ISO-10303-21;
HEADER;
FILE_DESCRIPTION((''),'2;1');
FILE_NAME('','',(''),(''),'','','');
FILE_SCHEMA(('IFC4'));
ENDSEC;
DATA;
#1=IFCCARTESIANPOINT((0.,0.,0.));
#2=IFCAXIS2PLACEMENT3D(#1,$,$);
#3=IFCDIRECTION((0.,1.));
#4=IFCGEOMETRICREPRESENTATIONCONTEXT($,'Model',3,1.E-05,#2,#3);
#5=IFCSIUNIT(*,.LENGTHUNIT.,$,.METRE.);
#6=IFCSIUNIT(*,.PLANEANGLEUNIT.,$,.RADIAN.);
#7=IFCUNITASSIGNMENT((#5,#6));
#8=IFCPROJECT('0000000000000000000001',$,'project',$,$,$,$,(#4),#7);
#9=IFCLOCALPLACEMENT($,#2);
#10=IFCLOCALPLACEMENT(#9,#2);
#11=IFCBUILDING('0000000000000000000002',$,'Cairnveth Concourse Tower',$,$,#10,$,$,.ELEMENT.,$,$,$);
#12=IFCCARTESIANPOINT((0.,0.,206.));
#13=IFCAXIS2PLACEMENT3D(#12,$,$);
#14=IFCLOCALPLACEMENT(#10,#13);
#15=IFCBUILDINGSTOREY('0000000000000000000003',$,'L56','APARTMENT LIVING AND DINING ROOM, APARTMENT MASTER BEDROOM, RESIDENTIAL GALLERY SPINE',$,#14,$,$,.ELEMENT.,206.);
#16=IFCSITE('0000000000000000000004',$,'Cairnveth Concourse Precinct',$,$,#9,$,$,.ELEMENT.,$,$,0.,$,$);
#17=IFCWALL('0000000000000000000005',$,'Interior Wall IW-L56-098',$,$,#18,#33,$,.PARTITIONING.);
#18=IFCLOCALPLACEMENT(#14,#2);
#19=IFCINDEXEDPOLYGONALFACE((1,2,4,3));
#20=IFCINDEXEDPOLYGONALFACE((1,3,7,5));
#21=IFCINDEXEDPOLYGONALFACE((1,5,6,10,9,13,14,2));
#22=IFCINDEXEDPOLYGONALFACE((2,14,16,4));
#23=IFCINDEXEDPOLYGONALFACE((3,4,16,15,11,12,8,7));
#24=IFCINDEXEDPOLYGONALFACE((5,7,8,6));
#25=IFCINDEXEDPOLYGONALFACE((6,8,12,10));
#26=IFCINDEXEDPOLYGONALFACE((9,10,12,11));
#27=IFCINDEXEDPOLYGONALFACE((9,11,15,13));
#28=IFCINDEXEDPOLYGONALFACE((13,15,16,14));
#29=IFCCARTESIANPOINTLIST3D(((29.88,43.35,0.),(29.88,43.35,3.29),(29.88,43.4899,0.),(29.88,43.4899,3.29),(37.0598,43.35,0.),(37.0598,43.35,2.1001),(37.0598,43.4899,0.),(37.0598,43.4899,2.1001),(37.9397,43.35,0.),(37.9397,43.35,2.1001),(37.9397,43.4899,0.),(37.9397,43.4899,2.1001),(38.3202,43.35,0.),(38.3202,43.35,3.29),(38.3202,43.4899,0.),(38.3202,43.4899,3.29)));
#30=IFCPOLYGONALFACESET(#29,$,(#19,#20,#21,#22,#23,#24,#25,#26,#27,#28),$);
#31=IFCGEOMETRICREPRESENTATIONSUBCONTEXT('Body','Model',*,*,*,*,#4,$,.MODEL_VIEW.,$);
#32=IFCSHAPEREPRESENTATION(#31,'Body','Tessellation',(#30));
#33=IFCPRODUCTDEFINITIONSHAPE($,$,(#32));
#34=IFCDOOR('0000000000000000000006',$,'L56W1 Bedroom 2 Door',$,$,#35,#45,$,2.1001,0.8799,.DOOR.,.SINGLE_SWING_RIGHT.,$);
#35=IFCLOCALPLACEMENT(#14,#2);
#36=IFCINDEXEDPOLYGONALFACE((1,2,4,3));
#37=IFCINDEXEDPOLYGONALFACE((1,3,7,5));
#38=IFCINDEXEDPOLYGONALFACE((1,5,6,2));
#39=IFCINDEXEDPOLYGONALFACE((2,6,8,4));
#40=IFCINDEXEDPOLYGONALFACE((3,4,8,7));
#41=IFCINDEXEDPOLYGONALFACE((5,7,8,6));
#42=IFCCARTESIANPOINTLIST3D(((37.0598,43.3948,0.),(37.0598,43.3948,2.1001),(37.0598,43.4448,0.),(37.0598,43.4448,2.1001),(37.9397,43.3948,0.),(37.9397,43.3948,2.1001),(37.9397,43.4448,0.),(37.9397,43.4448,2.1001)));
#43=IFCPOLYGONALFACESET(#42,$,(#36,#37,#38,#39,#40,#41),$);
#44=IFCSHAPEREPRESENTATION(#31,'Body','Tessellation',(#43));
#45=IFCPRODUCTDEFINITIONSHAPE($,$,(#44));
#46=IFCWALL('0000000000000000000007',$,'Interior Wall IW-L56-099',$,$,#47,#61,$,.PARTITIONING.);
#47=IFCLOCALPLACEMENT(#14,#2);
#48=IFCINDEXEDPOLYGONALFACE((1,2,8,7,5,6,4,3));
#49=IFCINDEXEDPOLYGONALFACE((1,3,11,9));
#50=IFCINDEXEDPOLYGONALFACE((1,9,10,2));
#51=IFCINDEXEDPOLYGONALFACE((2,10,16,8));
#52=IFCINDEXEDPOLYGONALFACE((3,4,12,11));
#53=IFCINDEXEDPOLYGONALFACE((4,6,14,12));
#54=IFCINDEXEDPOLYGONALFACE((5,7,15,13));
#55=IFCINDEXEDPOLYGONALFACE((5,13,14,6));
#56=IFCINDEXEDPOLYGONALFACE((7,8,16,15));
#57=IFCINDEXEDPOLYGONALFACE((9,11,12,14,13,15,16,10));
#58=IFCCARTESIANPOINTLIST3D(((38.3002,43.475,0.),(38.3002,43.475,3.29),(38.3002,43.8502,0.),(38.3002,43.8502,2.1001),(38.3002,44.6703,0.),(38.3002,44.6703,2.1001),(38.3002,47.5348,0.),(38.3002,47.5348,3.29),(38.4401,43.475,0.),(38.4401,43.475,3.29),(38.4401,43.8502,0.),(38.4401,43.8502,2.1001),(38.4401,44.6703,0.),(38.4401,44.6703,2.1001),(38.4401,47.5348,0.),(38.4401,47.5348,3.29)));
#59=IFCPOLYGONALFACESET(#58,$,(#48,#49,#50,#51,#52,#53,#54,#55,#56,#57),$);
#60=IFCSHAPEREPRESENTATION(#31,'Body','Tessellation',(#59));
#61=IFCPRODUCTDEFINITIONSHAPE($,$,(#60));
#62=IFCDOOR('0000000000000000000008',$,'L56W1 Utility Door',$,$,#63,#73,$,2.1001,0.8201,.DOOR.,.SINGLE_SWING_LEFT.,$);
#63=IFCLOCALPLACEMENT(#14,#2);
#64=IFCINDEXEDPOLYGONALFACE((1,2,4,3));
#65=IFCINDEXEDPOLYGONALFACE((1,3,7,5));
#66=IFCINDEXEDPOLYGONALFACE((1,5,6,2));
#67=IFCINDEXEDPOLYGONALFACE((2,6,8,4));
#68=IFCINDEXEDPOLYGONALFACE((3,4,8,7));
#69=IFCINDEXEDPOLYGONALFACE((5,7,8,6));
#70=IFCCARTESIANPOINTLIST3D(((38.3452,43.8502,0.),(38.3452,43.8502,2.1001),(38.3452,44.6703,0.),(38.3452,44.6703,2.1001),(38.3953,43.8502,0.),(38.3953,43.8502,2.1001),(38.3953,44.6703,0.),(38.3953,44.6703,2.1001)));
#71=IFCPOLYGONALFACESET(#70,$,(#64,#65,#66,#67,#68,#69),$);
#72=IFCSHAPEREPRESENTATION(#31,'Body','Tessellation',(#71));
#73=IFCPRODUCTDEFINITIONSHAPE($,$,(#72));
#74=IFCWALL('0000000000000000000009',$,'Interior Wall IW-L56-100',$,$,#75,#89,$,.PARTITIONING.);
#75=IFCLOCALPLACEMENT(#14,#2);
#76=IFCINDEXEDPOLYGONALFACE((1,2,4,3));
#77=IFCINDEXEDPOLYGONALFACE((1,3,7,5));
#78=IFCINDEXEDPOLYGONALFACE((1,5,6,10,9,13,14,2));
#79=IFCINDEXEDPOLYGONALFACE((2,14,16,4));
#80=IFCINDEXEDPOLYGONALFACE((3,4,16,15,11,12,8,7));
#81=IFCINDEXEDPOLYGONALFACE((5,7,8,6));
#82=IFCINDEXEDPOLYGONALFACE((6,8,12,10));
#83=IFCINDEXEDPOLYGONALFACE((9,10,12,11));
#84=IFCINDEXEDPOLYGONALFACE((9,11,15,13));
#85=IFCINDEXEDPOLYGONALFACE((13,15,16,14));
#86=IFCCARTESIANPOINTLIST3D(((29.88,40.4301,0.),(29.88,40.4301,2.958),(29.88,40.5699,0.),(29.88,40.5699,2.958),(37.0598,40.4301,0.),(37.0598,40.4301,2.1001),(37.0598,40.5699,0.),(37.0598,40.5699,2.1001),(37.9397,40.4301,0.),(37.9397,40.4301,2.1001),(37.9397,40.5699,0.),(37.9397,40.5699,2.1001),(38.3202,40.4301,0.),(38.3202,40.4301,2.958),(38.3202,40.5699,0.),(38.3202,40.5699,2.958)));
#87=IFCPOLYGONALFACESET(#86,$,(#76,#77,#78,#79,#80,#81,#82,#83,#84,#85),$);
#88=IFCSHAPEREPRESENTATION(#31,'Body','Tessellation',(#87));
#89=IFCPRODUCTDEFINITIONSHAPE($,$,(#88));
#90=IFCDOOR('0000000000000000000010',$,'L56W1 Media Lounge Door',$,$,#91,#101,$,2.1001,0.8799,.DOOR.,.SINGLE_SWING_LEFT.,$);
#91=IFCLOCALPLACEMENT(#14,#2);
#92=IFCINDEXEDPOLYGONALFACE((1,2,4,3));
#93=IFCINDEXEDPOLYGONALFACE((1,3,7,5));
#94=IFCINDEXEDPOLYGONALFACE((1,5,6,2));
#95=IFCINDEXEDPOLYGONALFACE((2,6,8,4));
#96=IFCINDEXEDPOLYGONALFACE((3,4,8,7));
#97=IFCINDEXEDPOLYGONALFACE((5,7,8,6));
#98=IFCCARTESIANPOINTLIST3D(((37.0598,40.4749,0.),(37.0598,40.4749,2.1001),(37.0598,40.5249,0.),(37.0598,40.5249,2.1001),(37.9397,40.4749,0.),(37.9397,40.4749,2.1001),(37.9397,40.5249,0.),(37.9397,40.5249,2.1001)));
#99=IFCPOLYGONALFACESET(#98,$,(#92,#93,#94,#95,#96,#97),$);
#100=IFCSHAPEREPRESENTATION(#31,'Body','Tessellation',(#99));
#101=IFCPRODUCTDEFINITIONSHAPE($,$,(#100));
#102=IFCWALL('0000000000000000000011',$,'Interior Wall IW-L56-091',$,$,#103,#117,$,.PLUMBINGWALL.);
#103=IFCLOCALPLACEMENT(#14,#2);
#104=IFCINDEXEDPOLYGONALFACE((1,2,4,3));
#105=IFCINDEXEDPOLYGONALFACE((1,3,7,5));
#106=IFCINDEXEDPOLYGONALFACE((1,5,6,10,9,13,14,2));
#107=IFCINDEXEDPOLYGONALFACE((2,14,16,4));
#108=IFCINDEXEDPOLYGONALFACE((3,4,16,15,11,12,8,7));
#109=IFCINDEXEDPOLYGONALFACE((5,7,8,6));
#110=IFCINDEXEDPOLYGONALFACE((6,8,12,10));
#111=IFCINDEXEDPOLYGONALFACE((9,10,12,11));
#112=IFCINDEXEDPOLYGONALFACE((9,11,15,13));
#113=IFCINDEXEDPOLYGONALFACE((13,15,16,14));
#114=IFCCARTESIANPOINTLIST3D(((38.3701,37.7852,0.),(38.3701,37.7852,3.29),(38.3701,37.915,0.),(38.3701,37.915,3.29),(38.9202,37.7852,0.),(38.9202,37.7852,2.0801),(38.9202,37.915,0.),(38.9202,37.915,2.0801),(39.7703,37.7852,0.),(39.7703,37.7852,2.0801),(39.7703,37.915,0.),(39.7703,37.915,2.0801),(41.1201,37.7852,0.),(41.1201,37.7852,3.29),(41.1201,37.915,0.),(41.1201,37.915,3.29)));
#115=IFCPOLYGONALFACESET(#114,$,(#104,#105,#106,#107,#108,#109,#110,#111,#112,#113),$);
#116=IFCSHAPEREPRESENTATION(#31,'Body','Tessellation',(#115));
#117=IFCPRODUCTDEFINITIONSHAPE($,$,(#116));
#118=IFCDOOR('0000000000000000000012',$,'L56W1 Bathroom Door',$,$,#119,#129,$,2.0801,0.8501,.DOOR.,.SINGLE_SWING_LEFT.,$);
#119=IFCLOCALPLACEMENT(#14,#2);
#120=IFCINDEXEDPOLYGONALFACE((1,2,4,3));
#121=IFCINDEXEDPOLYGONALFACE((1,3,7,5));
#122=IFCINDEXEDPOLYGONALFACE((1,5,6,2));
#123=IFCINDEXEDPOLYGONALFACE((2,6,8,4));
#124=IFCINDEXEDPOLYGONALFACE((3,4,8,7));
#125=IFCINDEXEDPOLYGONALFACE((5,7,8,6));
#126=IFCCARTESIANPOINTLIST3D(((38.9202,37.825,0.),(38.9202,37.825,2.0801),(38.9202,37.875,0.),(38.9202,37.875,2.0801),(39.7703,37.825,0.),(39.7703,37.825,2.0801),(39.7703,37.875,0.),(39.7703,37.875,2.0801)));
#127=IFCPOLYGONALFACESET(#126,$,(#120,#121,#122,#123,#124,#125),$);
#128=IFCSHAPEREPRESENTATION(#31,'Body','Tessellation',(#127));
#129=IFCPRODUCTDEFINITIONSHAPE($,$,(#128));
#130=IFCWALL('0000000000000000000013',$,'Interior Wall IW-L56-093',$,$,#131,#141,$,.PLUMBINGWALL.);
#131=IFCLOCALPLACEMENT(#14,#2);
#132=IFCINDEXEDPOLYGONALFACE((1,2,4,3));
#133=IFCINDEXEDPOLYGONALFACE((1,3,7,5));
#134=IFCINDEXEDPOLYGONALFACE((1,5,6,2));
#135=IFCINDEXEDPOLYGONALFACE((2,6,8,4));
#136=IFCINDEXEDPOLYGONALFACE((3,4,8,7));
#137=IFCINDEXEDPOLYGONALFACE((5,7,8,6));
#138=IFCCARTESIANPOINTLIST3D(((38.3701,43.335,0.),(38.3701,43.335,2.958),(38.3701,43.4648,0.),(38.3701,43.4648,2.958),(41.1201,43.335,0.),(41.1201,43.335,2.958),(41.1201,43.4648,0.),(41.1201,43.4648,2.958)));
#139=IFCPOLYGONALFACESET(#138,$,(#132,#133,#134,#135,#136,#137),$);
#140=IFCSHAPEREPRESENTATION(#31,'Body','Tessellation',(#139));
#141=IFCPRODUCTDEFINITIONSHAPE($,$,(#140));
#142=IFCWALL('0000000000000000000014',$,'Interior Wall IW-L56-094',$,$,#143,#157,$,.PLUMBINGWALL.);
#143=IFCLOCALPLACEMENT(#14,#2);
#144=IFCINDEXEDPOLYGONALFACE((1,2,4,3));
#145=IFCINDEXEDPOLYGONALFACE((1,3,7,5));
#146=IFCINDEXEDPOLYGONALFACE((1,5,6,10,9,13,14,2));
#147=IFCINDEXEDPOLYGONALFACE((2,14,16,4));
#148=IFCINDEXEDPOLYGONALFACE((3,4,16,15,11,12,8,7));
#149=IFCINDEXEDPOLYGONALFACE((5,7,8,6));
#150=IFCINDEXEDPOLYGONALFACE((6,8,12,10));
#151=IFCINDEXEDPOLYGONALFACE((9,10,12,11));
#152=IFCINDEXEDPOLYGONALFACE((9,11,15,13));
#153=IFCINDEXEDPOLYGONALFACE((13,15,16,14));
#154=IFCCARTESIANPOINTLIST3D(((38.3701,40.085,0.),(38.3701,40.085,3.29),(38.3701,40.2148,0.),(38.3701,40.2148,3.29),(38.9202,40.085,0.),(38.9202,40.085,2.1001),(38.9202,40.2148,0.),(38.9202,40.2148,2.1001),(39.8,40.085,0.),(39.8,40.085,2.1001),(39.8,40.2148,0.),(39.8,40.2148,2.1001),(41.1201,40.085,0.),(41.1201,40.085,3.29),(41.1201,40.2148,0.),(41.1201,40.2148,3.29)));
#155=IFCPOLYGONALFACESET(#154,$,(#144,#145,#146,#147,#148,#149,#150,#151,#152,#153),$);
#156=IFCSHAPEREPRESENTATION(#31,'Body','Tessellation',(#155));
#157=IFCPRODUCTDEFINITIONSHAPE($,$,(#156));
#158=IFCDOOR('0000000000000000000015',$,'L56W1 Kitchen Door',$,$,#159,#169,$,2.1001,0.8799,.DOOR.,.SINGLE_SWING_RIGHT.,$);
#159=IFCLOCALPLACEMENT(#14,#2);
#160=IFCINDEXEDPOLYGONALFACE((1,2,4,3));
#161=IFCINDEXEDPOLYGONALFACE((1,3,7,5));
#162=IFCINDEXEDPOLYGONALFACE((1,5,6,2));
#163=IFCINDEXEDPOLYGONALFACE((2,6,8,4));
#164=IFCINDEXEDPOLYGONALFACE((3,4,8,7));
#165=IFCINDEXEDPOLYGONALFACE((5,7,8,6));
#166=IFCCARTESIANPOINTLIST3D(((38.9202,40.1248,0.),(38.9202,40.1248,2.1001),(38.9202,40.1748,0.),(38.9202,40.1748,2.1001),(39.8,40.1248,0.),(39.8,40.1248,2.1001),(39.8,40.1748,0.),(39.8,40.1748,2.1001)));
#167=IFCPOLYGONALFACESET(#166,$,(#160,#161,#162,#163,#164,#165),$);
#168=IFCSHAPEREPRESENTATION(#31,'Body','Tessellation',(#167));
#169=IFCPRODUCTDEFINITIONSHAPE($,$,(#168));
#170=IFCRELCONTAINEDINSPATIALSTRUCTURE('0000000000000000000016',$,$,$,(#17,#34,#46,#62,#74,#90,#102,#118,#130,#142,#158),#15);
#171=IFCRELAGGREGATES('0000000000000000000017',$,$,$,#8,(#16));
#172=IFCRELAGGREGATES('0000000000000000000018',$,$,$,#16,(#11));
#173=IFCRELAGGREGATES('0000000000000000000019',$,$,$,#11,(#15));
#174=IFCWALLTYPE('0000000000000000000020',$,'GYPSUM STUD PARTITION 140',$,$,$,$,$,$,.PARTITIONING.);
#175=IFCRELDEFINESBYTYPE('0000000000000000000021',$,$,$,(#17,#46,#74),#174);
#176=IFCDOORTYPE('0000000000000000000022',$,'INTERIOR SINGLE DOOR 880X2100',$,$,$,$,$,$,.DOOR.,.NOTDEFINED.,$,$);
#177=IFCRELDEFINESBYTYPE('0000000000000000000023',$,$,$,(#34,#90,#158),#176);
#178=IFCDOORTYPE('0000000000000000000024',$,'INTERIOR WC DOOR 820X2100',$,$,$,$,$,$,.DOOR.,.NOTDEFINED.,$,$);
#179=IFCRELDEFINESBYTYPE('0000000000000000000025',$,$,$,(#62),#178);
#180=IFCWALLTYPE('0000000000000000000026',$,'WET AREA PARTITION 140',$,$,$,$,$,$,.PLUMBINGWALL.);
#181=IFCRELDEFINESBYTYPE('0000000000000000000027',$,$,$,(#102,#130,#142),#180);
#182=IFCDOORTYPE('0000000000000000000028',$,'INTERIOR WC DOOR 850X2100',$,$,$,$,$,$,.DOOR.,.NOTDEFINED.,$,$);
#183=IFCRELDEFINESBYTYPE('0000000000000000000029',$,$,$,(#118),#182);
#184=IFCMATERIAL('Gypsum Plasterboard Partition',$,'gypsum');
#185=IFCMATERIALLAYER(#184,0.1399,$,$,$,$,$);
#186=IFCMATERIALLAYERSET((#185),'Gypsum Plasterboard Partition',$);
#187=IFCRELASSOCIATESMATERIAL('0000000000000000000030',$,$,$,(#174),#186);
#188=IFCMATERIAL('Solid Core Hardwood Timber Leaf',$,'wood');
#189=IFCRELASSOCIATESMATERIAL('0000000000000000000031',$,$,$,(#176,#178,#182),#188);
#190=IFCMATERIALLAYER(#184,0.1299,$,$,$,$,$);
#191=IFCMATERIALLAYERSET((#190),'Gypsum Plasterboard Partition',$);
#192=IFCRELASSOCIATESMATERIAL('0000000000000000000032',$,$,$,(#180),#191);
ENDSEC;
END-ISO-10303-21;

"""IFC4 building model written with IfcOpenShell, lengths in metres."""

from ifc_helpers import new_model, si_unit, direction, frame, frame_2d, origin, place, context, subcontext, project, spatial, rectangle, extrude, material, layer, layer_set, type_object, element, fill, save


model = new_model("IFC4")

# Units and contexts
model_context = context("Model", 3, precision=1e-05, world=origin(), true_north=direction((0.0, 1.0)))
body_context = subcontext(model_context, "Body", "Model", "MODEL_VIEW")
ifc_project = project(units=[si_unit("LENGTHUNIT", "METRE"), si_unit("PLANEANGLEUNIT", "RADIAN")], contexts=[model_context])

# Site, building, storey
site_placement = place(None, origin())
site = spatial("IfcSite", under=ifc_project, at=site_placement, Name="Cairnveth Concourse Precinct", CompositionType="ELEMENT", RefElevation=0.0)
building_placement = place(site_placement, origin())
building = spatial("IfcBuilding", under=site, at=building_placement, Name="Cairnveth Concourse Tower", CompositionType="ELEMENT")
storey_placement = place(building_placement, frame((0.0, 0.0, 206.0)))
storey = spatial("IfcBuildingStorey", under=building, at=storey_placement, Name="L56", Description="APARTMENT LIVING AND DINING ROOM, APARTMENT MASTER BEDROOM, RESIDENTIAL GALLERY SPINE", CompositionType="ELEMENT", Elevation=206.0)

# Walls, openings, doors
ifc_material_1 = material(Name="Gypsum Plasterboard Partition", Category="gypsum")
ifc_layer_1 = layer(ifc_material_1, 0.1399)
ifc_layer_set_1 = layer_set([ifc_layer_1], Name="Gypsum Plasterboard Partition")
wall_type_1 = type_object("IfcWallType", Name="GYPSUM STUD PARTITION 140", PredefinedType="PARTITIONING", material=ifc_layer_set_1)
wall_1_placement = place(storey_placement, frame((29.8799, 43.4199, 0.0), z_axis=(0.0, 0.0, 1.0), x_axis=(1.0, 0.0, 0.0)))
wall_1 = element("IfcWall", 1, at=wall_1_placement, inside=storey, type_object=wall_type_1, Name="Interior Wall IW-L56-098", PredefinedType="PARTITIONING", context=body_context, shape_type="SweptSolid", body=[
    extrude(rectangle(XDim=8.4402, YDim=0.1399, at=frame_2d((4.2202, 0.0))), origin(), (0.0, 0.0, 1.0), 3.29),
])
opening_1_placement = place(wall_1_placement, frame((7.1799, 0.0, 0.0)))
opening_1 = element("IfcOpeningElement", 2, at=opening_1_placement, cuts=wall_1, PredefinedType="OPENING", context=body_context, shape_type="SweptSolid", body=[
    extrude(rectangle(XDim=0.8799, YDim=2.1001, at=frame_2d((0.4399, 1.05))), frame((0.0, 0.0798, 0.0), z_axis=(0.0, -1.0, 0.0), x_axis=(1.0, 0.0, 0.0)), (0.0, 0.0, 1.0), 0.1599),
])
ifc_material_2 = material(Name="Solid Core Hardwood Timber Leaf", Category="wood")
door_type_1 = type_object("IfcDoorType", Name="INTERIOR SINGLE DOOR 880X2100", OperationType="NOTDEFINED", PredefinedType="DOOR", material=ifc_material_2)
door_1_placement = place(opening_1_placement, origin())
door_1 = element("IfcDoor", 3, at=door_1_placement, inside=storey, type_object=door_type_1, Name="L56W1 Bedroom 2 Door", OperationType="SINGLE_SWING_RIGHT", OverallHeight=2.1001, OverallWidth=0.8799, PredefinedType="DOOR", context=body_context, shape_type="SweptSolid", body=[
    extrude(rectangle(XDim=0.8799, YDim=2.1001, at=frame_2d((0.4399, 1.05))), frame((0.0, 0.0249, 0.0), z_axis=(0.0, -1.0, 0.0), x_axis=(1.0, 0.0, 0.0)), (0.0, 0.0, 1.0), 0.05),
])
fill(opening_1, door_1)
wall_2_placement = place(storey_placement, frame((38.3701, 43.4751, 0.0), z_axis=(0.0, 0.0, 1.0), x_axis=(0.0, 1.0, 0.0)))
wall_2 = element("IfcWall", 4, at=wall_2_placement, inside=storey, type_object=wall_type_1, Name="Interior Wall IW-L56-099", PredefinedType="PARTITIONING", context=body_context, shape_type="SweptSolid", body=[
    extrude(rectangle(XDim=4.0598, YDim=0.1399, at=frame_2d((2.0298, 0.0))), origin(), (0.0, 0.0, 1.0), 3.29),
])
opening_2_placement = place(wall_2_placement, frame((0.375, 0.0, 0.0)))
opening_2 = element("IfcOpeningElement", 5, at=opening_2_placement, cuts=wall_2, PredefinedType="OPENING", context=body_context, shape_type="SweptSolid", body=[
    extrude(rectangle(XDim=0.8201, YDim=2.1001, at=frame_2d((0.4102, 1.05))), frame((0.0, 0.0798, 0.0), z_axis=(0.0, -1.0, 0.0), x_axis=(1.0, 0.0, 0.0)), (0.0, 0.0, 1.0), 0.1599),
])
door_type_2 = type_object("IfcDoorType", Name="INTERIOR WC DOOR 820X2100", OperationType="NOTDEFINED", PredefinedType="DOOR", material=ifc_material_2)
door_2_placement = place(opening_2_placement, origin())
door_2 = element("IfcDoor", 6, at=door_2_placement, inside=storey, type_object=door_type_2, Name="L56W1 Utility Door", OperationType="SINGLE_SWING_LEFT", OverallHeight=2.1001, OverallWidth=0.8201, PredefinedType="DOOR", context=body_context, shape_type="SweptSolid", body=[
    extrude(rectangle(XDim=0.8201, YDim=2.1001, at=frame_2d((0.4102, 1.05))), frame((0.0, 0.0249, 0.0), z_axis=(0.0, -1.0, 0.0), x_axis=(1.0, 0.0, 0.0)), (0.0, 0.0, 1.0), 0.05),
])
fill(opening_2, door_2)
wall_3_placement = place(storey_placement, frame((29.8799, 40.5, 0.0), z_axis=(0.0, 0.0, 1.0), x_axis=(1.0, 0.0, 0.0)))
wall_3 = element("IfcWall", 7, at=wall_3_placement, inside=storey, type_object=wall_type_1, Name="Interior Wall IW-L56-100", PredefinedType="PARTITIONING", context=body_context, shape_type="SweptSolid", body=[
    extrude(rectangle(XDim=8.4402, YDim=0.1399, at=frame_2d((4.2202, 0.0))), origin(), (0.0, 0.0, 1.0), 2.958),
])
opening_3_placement = place(wall_3_placement, frame((7.1799, 0.0, 0.0)))
opening_3 = element("IfcOpeningElement", 8, at=opening_3_placement, cuts=wall_3, PredefinedType="OPENING", context=body_context, shape_type="SweptSolid", body=[
    extrude(rectangle(XDim=0.8799, YDim=2.1001, at=frame_2d((0.4399, 1.05))), frame((0.0, 0.0798, 0.0), z_axis=(0.0, -1.0, 0.0), x_axis=(1.0, 0.0, 0.0)), (0.0, 0.0, 1.0), 0.1599),
])
door_3_placement = place(opening_3_placement, origin())
door_3 = element("IfcDoor", 9, at=door_3_placement, inside=storey, type_object=door_type_1, Name="L56W1 Media Lounge Door", OperationType="SINGLE_SWING_LEFT", OverallHeight=2.1001, OverallWidth=0.8799, PredefinedType="DOOR", context=body_context, shape_type="SweptSolid", body=[
    extrude(rectangle(XDim=0.8799, YDim=2.1001, at=frame_2d((0.4399, 1.05))), frame((0.0, 0.0249, 0.0), z_axis=(0.0, -1.0, 0.0), x_axis=(1.0, 0.0, 0.0)), (0.0, 0.0, 1.0), 0.05),
])
fill(opening_3, door_3)
ifc_layer_2 = layer(ifc_material_1, 0.1299)
ifc_layer_set_2 = layer_set([ifc_layer_2], Name="Gypsum Plasterboard Partition")
wall_type_2 = type_object("IfcWallType", Name="WET AREA PARTITION 140", PredefinedType="PLUMBINGWALL", material=ifc_layer_set_2)
wall_4_placement = place(storey_placement, frame((38.3701, 37.8501, 0.0), z_axis=(0.0, 0.0, 1.0), x_axis=(1.0, 0.0, 0.0)))
wall_4 = element("IfcWall", 10, at=wall_4_placement, inside=storey, type_object=wall_type_2, Name="Interior Wall IW-L56-091", PredefinedType="PLUMBINGWALL", context=body_context, shape_type="SweptSolid", body=[
    extrude(rectangle(XDim=2.75, YDim=0.1299, at=frame_2d((1.375, 0.0))), origin(), (0.0, 0.0, 1.0), 3.29),
])
opening_4_placement = place(wall_4_placement, frame((0.55, 0.0, 0.0)))
opening_4 = element("IfcOpeningElement", 11, at=opening_4_placement, cuts=wall_4, PredefinedType="OPENING", context=body_context, shape_type="SweptSolid", body=[
    extrude(rectangle(XDim=0.8501, YDim=2.0801, at=frame_2d((0.425, 1.04))), frame((0.0, 0.075, 0.0), z_axis=(0.0, -1.0, 0.0), x_axis=(1.0, 0.0, 0.0)), (0.0, 0.0, 1.0), 0.1499),
])
door_type_3 = type_object("IfcDoorType", Name="INTERIOR WC DOOR 850X2100", OperationType="NOTDEFINED", PredefinedType="DOOR", material=ifc_material_2)
door_4_placement = place(opening_4_placement, origin())
door_4 = element("IfcDoor", 12, at=door_4_placement, inside=storey, type_object=door_type_3, Name="L56W1 Bathroom Door", OperationType="SINGLE_SWING_LEFT", OverallHeight=2.0801, OverallWidth=0.8501, PredefinedType="DOOR", context=body_context, shape_type="SweptSolid", body=[
    extrude(rectangle(XDim=0.8501, YDim=2.0801, at=frame_2d((0.425, 1.04))), frame((0.0, 0.0249, 0.0), z_axis=(0.0, -1.0, 0.0), x_axis=(1.0, 0.0, 0.0)), (0.0, 0.0, 1.0), 0.05),
])
fill(opening_4, door_4)

# Wall
wall_5_placement = place(storey_placement, frame((38.3701, 43.3999, 0.0), z_axis=(0.0, 0.0, 1.0), x_axis=(1.0, 0.0, 0.0)))
element("IfcWall", 13, at=wall_5_placement, inside=storey, type_object=wall_type_2, Name="Interior Wall IW-L56-093", PredefinedType="PLUMBINGWALL", context=body_context, shape_type="SweptSolid", body=[
    extrude(rectangle(XDim=2.75, YDim=0.1299, at=frame_2d((1.375, 0.0))), origin(), (0.0, 0.0, 1.0), 2.958),
])

# Wall, opening, door
wall_6_placement = place(storey_placement, frame((38.3701, 40.1499, 0.0), z_axis=(0.0, 0.0, 1.0), x_axis=(1.0, 0.0, 0.0)))
wall_6 = element("IfcWall", 14, at=wall_6_placement, inside=storey, type_object=wall_type_2, Name="Interior Wall IW-L56-094", PredefinedType="PLUMBINGWALL", context=body_context, shape_type="SweptSolid", body=[
    extrude(rectangle(XDim=2.75, YDim=0.1299, at=frame_2d((1.375, 0.0))), origin(), (0.0, 0.0, 1.0), 3.29),
])
opening_5_placement = place(wall_6_placement, frame((0.55, 0.0, 0.0)))
opening_5 = element("IfcOpeningElement", 15, at=opening_5_placement, cuts=wall_6, PredefinedType="OPENING", context=body_context, shape_type="SweptSolid", body=[
    extrude(rectangle(XDim=0.8799, YDim=2.1001, at=frame_2d((0.4399, 1.05))), frame((0.0, 0.075, 0.0), z_axis=(0.0, -1.0, 0.0), x_axis=(1.0, 0.0, 0.0)), (0.0, 0.0, 1.0), 0.1499),
])
door_5_placement = place(opening_5_placement, origin())
door_5 = element("IfcDoor", 16, at=door_5_placement, inside=storey, type_object=door_type_1, Name="L56W1 Kitchen Door", OperationType="SINGLE_SWING_RIGHT", OverallHeight=2.1001, OverallWidth=0.8799, PredefinedType="DOOR", context=body_context, shape_type="SweptSolid", body=[
    extrude(rectangle(XDim=0.8799, YDim=2.1001, at=frame_2d((0.4399, 1.05))), frame((0.0, 0.0249, 0.0), z_axis=(0.0, -1.0, 0.0), x_axis=(1.0, 0.0, 0.0)), (0.0, 0.0, 1.0), 0.05),
])
fill(opening_5, door_5)

save(model, "model.ifc")
